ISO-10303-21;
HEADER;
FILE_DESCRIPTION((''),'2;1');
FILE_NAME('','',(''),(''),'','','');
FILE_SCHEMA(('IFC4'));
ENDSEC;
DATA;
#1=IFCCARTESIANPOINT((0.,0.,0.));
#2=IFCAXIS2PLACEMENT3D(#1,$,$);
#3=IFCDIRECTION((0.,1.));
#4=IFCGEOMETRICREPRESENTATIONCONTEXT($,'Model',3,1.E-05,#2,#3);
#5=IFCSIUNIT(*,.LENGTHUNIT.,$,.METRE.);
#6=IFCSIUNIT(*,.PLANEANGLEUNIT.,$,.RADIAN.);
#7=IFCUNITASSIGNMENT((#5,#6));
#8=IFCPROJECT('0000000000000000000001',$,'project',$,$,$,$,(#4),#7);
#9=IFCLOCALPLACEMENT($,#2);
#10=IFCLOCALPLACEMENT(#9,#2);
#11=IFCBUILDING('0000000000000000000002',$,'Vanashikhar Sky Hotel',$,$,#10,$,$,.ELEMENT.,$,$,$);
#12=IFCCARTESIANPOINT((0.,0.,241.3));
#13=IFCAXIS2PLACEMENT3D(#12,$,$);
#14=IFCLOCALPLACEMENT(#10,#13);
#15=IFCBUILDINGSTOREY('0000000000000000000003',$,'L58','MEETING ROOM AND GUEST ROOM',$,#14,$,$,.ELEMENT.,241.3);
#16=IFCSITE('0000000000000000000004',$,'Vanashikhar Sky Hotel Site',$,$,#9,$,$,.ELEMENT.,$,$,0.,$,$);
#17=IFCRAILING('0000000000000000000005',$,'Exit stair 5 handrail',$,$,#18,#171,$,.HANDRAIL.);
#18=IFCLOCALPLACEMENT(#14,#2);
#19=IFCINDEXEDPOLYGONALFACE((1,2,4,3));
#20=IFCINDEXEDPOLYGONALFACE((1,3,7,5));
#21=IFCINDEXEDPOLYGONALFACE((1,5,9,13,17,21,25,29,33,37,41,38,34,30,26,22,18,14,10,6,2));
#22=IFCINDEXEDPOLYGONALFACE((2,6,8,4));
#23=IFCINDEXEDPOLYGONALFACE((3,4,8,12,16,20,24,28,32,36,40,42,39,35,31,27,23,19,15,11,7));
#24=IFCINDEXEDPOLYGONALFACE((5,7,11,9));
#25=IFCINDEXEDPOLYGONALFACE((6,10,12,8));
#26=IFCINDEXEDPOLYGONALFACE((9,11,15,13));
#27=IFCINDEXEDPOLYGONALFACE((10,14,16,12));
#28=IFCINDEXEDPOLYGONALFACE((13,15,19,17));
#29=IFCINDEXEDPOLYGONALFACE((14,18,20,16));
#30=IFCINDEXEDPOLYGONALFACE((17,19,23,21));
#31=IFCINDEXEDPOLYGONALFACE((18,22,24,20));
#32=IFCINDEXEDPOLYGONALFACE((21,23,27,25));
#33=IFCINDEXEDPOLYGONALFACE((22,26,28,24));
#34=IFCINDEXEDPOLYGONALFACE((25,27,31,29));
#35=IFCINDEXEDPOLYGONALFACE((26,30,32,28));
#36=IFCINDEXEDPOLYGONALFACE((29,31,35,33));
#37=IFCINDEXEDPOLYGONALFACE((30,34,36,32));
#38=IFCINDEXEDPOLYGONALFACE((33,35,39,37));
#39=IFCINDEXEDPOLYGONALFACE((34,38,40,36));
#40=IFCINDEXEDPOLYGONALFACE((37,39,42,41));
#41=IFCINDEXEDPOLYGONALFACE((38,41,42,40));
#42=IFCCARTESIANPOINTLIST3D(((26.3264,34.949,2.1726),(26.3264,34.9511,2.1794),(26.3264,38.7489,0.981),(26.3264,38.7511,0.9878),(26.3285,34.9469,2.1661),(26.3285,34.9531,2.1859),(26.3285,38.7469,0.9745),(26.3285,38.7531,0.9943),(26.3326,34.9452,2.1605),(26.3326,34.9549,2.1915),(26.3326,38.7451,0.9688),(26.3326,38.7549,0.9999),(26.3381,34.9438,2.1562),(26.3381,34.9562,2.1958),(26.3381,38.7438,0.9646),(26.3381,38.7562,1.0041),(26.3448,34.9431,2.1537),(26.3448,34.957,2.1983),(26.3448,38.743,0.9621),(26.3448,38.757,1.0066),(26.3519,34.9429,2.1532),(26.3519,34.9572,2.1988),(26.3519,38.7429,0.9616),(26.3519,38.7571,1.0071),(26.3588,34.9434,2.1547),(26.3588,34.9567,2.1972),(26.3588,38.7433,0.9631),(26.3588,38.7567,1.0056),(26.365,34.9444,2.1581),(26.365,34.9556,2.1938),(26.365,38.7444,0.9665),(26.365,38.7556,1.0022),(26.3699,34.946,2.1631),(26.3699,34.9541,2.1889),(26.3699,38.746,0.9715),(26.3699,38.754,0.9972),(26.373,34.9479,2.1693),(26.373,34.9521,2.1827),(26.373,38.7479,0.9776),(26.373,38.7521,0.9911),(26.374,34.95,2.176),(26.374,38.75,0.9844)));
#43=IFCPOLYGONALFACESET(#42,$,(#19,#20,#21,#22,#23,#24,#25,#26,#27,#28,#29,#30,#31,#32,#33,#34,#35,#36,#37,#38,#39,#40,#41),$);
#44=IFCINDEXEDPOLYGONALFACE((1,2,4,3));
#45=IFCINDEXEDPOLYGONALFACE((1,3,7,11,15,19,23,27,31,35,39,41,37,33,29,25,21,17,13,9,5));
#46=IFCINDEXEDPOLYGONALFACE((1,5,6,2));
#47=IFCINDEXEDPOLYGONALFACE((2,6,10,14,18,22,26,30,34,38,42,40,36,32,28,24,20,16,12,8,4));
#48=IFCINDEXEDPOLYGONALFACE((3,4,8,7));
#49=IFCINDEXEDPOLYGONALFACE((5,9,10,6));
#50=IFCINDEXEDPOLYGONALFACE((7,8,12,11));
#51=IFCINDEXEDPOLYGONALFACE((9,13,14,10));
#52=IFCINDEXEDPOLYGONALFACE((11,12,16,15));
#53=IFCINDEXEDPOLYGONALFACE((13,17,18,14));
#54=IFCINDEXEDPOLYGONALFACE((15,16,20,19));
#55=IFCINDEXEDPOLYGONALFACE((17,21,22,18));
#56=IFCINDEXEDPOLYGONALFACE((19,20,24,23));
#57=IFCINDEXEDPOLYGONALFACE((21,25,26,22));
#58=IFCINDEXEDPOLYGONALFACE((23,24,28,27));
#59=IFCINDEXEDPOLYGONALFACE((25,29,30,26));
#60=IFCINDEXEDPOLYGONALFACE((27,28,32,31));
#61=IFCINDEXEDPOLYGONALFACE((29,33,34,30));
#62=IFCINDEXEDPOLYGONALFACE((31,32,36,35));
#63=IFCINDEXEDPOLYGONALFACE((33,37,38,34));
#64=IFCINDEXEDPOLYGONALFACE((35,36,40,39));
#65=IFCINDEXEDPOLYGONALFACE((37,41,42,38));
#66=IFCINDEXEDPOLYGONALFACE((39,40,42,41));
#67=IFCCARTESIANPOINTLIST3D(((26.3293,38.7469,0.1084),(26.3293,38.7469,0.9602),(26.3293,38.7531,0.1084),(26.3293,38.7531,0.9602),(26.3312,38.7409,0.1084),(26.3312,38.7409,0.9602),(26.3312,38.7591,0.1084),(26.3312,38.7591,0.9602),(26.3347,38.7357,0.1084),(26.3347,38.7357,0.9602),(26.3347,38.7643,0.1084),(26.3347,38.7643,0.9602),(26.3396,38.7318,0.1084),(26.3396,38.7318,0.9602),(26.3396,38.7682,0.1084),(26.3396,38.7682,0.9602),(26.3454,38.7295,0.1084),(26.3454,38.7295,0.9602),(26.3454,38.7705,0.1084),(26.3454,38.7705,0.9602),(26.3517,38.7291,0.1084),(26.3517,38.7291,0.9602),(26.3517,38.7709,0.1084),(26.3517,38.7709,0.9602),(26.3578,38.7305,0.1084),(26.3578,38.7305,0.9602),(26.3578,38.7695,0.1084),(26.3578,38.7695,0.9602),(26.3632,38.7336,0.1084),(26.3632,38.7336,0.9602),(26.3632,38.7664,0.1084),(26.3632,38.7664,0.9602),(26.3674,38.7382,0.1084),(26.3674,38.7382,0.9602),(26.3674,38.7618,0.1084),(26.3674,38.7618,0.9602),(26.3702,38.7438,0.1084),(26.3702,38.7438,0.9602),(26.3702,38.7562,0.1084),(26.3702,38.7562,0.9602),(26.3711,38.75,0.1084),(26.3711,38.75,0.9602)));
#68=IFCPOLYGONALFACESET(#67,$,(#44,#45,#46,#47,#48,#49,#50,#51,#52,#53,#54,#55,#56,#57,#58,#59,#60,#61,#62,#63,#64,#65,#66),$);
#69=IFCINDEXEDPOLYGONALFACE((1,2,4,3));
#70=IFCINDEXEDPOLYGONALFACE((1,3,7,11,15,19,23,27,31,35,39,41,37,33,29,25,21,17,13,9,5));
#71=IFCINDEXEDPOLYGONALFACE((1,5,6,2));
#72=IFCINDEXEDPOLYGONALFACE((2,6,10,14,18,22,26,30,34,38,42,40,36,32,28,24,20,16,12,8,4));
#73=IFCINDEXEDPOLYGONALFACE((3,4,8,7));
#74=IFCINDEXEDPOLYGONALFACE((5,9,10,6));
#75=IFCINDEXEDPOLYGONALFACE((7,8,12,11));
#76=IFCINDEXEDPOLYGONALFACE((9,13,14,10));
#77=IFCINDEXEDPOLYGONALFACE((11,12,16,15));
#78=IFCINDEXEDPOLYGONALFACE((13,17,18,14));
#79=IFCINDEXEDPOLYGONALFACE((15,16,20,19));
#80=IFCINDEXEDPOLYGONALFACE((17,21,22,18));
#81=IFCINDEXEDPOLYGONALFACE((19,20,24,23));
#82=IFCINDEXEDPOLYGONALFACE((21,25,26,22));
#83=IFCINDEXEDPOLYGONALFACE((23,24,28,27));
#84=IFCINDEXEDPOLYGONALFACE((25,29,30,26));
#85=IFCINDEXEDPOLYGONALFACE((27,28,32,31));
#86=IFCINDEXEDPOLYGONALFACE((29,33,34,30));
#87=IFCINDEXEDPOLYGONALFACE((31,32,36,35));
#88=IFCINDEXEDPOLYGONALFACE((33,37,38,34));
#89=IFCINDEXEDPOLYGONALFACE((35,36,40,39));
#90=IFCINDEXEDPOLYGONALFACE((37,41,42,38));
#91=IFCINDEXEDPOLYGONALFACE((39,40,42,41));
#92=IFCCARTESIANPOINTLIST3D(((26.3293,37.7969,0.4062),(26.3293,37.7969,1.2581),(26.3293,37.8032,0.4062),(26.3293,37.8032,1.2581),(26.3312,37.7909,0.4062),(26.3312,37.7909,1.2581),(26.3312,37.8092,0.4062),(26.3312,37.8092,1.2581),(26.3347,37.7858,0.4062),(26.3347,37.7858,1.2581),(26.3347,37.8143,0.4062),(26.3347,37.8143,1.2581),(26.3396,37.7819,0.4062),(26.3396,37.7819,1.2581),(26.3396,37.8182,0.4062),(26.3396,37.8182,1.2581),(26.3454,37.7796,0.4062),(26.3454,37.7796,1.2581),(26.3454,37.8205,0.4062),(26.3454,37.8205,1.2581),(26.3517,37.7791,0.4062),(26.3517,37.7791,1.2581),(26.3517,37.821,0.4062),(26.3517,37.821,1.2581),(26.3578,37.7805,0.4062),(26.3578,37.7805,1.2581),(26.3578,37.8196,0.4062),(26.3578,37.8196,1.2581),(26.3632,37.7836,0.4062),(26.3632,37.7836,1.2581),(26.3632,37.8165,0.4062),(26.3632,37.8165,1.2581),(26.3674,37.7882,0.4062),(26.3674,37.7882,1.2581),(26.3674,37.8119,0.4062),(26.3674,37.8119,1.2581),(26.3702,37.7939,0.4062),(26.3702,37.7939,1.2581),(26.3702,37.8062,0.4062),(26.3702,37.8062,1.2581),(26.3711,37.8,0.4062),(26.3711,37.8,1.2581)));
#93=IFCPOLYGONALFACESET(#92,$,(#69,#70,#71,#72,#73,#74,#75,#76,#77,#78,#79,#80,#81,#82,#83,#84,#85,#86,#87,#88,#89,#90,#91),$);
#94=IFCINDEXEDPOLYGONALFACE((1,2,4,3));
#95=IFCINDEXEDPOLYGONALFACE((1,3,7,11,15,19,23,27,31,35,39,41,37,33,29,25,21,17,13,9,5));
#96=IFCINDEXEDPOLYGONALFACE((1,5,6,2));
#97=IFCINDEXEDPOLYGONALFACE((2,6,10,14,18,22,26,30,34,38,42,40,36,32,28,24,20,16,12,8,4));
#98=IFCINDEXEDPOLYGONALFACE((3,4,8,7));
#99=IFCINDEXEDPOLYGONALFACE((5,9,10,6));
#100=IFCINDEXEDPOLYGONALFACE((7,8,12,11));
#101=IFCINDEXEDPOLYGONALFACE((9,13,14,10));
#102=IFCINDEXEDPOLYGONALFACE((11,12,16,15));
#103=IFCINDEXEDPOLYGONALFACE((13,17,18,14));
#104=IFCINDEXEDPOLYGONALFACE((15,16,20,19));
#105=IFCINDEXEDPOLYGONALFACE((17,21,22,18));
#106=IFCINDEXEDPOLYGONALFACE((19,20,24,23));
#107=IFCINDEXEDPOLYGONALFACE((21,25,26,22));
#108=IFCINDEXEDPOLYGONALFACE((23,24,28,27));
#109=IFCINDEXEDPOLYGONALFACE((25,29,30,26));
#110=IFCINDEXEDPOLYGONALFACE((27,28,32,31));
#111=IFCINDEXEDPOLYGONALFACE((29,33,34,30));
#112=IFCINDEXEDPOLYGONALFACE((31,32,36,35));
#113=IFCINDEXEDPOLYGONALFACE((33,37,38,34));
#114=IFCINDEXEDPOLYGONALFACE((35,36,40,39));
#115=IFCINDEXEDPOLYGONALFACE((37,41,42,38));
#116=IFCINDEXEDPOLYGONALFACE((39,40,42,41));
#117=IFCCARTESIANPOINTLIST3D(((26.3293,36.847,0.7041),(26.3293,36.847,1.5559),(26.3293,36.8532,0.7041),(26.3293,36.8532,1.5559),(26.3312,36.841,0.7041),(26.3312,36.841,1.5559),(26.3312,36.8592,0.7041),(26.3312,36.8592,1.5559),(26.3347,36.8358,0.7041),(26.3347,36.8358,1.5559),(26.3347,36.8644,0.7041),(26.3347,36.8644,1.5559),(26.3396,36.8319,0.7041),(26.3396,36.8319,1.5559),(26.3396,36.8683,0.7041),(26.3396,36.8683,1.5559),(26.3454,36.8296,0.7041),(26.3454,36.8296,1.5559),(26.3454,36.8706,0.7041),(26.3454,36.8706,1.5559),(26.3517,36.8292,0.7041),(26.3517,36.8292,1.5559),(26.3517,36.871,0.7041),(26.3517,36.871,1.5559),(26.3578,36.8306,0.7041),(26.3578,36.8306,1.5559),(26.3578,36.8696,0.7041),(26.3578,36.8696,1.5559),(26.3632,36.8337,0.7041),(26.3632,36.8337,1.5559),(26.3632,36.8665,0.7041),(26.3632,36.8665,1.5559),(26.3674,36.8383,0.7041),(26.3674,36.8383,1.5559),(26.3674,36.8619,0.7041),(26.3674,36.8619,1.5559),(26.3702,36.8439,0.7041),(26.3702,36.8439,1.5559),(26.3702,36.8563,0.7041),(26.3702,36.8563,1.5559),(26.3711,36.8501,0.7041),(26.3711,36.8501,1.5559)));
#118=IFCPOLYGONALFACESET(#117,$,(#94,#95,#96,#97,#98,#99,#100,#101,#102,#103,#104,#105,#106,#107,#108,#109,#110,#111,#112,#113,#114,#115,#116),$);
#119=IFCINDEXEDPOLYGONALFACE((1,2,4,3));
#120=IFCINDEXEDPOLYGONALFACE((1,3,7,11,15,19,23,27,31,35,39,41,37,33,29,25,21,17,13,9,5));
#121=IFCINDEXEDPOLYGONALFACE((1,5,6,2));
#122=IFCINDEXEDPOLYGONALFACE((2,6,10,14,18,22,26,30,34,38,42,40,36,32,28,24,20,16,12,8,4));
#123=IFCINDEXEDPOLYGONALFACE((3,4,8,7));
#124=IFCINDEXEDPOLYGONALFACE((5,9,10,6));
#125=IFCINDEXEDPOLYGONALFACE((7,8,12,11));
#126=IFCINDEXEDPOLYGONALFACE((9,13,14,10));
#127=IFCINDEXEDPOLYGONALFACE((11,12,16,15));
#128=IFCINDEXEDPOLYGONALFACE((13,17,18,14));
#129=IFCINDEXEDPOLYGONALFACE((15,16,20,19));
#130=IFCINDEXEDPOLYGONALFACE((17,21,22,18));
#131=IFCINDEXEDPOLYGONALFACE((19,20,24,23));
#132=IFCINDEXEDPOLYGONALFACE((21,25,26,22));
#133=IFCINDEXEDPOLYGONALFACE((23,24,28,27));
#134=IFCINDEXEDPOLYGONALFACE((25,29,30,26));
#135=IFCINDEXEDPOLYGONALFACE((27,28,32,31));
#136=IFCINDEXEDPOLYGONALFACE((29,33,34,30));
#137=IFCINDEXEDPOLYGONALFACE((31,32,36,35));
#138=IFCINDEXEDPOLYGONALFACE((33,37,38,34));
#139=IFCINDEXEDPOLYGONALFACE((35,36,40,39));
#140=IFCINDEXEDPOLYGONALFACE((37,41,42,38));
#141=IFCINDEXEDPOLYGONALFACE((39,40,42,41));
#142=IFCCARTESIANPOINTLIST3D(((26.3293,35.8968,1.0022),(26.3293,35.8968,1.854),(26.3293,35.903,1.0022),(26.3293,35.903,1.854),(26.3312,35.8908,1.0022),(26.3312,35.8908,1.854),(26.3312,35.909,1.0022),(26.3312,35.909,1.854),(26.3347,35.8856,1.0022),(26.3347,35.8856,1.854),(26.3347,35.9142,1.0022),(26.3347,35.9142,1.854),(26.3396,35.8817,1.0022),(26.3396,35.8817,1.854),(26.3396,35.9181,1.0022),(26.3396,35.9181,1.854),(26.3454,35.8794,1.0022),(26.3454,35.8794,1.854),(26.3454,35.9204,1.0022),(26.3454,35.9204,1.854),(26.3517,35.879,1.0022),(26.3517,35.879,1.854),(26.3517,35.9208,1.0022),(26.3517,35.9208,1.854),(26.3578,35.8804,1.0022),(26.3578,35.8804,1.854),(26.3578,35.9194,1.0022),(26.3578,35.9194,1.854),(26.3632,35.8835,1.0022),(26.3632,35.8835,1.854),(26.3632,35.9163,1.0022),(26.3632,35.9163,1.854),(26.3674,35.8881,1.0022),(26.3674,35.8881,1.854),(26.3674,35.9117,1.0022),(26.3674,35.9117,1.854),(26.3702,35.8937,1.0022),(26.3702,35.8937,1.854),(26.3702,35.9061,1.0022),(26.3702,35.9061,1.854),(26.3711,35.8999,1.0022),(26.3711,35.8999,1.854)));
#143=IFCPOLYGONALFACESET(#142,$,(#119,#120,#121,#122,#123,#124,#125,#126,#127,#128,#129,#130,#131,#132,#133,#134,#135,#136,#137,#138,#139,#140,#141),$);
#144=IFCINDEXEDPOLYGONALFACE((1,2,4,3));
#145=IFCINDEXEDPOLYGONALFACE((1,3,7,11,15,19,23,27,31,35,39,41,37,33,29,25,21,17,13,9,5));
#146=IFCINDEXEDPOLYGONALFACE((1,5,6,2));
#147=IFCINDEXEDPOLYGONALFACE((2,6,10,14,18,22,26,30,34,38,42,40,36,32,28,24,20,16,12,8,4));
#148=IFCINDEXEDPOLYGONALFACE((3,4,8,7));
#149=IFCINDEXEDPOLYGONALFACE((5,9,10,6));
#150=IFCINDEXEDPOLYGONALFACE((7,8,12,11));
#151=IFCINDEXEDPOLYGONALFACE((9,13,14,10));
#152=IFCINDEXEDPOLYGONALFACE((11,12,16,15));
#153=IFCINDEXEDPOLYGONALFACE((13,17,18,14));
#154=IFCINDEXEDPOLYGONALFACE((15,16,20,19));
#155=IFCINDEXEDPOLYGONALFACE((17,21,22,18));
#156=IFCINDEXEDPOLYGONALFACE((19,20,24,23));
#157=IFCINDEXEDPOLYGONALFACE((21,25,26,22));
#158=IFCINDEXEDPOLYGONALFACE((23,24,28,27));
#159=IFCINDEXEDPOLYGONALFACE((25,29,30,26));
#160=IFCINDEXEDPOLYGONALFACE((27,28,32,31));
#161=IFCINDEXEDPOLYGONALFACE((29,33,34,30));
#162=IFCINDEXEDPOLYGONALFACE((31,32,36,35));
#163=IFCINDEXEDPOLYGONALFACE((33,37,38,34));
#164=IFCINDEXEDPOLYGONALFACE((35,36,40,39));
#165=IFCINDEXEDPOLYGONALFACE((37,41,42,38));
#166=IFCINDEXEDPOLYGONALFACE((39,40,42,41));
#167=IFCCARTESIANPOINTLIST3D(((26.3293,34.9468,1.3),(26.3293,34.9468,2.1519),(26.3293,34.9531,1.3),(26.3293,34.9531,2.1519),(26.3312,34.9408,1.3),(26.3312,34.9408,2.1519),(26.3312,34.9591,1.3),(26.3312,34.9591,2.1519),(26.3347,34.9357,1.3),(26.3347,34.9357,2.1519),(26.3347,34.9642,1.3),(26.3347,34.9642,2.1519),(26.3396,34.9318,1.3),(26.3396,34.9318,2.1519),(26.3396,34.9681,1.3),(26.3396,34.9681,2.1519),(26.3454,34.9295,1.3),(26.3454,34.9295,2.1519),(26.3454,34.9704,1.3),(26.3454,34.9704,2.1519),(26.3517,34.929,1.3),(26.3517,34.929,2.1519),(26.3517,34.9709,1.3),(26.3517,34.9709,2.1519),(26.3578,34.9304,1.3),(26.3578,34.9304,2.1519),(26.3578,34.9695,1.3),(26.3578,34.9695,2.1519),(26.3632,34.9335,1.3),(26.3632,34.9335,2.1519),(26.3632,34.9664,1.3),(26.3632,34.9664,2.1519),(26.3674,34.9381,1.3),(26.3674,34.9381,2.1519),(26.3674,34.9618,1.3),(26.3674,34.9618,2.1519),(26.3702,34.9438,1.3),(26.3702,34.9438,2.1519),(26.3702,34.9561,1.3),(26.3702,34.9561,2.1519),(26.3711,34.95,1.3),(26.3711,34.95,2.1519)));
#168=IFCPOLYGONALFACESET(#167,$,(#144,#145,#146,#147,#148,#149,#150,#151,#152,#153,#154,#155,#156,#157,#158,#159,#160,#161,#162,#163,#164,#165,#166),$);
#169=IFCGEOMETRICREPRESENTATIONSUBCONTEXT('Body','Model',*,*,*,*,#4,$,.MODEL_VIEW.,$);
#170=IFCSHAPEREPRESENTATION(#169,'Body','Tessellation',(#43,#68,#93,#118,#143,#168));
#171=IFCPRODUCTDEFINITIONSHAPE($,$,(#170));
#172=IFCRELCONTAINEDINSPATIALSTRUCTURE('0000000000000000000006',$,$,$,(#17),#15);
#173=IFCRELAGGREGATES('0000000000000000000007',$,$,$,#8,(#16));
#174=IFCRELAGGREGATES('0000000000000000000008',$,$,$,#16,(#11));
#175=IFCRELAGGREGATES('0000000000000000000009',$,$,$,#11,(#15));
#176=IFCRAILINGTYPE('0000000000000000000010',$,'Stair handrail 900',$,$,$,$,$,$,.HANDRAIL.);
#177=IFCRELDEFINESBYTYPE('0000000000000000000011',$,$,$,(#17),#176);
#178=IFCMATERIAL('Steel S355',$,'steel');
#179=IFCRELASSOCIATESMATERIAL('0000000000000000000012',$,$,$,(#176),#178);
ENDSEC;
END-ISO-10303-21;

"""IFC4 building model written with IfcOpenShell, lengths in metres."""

from ifc_helpers import new_model, si_unit, direction, frame, origin, origin_2d, place, context, subcontext, project, spatial, circle, extrude, source, transform, mapped, material, type_object, element, save


model = new_model("IFC4")

# Units and contexts
model_context = context("Model", 3, precision=1e-05, world=origin(), true_north=direction((0.0, 1.0)))
body_context = subcontext(model_context, "Body", "Model", "MODEL_VIEW")
ifc_project = project(units=[si_unit("LENGTHUNIT", "METRE"), si_unit("PLANEANGLEUNIT", "RADIAN")], contexts=[model_context])

# Site, building, storey
site_placement = place(None, origin())
site = spatial("IfcSite", under=ifc_project, at=site_placement, Name="Vanashikhar Sky Hotel Site", CompositionType="ELEMENT", RefElevation=0.0)
building_placement = place(site_placement, origin())
building = spatial("IfcBuilding", under=site, at=building_placement, Name="Vanashikhar Sky Hotel", CompositionType="ELEMENT")
storey_placement = place(building_placement, frame((0.0, 0.0, 241.3)))
storey = spatial("IfcBuildingStorey", under=building, at=storey_placement, Name="L58", Description="MEETING ROOM AND GUEST ROOM", CompositionType="ELEMENT", Elevation=241.3)

# Railing
ifc_material_1 = material(Name="Steel S355", Category="steel")
railing_type_1 = type_object("IfcRailingType", Name="Stair handrail 900", PredefinedType="HANDRAIL", material=ifc_material_1)
shared_shape_1 = source(origin(), body_context, "Body", "SweptSolid", [
    extrude(circle(Radius=0.0239, at=origin_2d()), frame((0.0, 0.0, 0.876), z_axis=(0.0, -0.954184, 0.299221), x_axis=(1.0, 0.0, 0.0)), (0.0, 0.0, 1.0), 3.9824),
    extrude(circle(Radius=0.021, at=origin_2d()), origin(), (0.0, 0.0, 1.0), 0.8518),
    extrude(circle(Radius=0.021, at=origin_2d()), frame((0.0, -0.95, 0.2979)), (0.0, 0.0, 1.0), 0.8518),
    extrude(circle(Radius=0.021, at=origin_2d()), frame((0.0, -1.8999, 0.5957)), (0.0, 0.0, 1.0), 0.8518),
    extrude(circle(Radius=0.021, at=origin_2d()), frame((0.0, -2.8501, 0.8938)), (0.0, 0.0, 1.0), 0.8518),
    extrude(circle(Radius=0.021, at=origin_2d()), frame((0.0, -3.8, 1.1917)), (0.0, 0.0, 1.0), 0.8518),
])
for number, where, name in (
    (1, (26.3501, 38.75, 0.1084), "Exit stair 5 handrail"),
):
    element("IfcRailing", number, at=place(storey_placement, frame(where)), inside=storey, type_object=railing_type_1, Name=name, PredefinedType="HANDRAIL", context=body_context, shape_type="MappedRepresentation", body=[
        mapped(shared_shape_1, transform((0.0, 0.0, 0.0), scale=1.0)),
    ])

save(model, "model.ifc")
